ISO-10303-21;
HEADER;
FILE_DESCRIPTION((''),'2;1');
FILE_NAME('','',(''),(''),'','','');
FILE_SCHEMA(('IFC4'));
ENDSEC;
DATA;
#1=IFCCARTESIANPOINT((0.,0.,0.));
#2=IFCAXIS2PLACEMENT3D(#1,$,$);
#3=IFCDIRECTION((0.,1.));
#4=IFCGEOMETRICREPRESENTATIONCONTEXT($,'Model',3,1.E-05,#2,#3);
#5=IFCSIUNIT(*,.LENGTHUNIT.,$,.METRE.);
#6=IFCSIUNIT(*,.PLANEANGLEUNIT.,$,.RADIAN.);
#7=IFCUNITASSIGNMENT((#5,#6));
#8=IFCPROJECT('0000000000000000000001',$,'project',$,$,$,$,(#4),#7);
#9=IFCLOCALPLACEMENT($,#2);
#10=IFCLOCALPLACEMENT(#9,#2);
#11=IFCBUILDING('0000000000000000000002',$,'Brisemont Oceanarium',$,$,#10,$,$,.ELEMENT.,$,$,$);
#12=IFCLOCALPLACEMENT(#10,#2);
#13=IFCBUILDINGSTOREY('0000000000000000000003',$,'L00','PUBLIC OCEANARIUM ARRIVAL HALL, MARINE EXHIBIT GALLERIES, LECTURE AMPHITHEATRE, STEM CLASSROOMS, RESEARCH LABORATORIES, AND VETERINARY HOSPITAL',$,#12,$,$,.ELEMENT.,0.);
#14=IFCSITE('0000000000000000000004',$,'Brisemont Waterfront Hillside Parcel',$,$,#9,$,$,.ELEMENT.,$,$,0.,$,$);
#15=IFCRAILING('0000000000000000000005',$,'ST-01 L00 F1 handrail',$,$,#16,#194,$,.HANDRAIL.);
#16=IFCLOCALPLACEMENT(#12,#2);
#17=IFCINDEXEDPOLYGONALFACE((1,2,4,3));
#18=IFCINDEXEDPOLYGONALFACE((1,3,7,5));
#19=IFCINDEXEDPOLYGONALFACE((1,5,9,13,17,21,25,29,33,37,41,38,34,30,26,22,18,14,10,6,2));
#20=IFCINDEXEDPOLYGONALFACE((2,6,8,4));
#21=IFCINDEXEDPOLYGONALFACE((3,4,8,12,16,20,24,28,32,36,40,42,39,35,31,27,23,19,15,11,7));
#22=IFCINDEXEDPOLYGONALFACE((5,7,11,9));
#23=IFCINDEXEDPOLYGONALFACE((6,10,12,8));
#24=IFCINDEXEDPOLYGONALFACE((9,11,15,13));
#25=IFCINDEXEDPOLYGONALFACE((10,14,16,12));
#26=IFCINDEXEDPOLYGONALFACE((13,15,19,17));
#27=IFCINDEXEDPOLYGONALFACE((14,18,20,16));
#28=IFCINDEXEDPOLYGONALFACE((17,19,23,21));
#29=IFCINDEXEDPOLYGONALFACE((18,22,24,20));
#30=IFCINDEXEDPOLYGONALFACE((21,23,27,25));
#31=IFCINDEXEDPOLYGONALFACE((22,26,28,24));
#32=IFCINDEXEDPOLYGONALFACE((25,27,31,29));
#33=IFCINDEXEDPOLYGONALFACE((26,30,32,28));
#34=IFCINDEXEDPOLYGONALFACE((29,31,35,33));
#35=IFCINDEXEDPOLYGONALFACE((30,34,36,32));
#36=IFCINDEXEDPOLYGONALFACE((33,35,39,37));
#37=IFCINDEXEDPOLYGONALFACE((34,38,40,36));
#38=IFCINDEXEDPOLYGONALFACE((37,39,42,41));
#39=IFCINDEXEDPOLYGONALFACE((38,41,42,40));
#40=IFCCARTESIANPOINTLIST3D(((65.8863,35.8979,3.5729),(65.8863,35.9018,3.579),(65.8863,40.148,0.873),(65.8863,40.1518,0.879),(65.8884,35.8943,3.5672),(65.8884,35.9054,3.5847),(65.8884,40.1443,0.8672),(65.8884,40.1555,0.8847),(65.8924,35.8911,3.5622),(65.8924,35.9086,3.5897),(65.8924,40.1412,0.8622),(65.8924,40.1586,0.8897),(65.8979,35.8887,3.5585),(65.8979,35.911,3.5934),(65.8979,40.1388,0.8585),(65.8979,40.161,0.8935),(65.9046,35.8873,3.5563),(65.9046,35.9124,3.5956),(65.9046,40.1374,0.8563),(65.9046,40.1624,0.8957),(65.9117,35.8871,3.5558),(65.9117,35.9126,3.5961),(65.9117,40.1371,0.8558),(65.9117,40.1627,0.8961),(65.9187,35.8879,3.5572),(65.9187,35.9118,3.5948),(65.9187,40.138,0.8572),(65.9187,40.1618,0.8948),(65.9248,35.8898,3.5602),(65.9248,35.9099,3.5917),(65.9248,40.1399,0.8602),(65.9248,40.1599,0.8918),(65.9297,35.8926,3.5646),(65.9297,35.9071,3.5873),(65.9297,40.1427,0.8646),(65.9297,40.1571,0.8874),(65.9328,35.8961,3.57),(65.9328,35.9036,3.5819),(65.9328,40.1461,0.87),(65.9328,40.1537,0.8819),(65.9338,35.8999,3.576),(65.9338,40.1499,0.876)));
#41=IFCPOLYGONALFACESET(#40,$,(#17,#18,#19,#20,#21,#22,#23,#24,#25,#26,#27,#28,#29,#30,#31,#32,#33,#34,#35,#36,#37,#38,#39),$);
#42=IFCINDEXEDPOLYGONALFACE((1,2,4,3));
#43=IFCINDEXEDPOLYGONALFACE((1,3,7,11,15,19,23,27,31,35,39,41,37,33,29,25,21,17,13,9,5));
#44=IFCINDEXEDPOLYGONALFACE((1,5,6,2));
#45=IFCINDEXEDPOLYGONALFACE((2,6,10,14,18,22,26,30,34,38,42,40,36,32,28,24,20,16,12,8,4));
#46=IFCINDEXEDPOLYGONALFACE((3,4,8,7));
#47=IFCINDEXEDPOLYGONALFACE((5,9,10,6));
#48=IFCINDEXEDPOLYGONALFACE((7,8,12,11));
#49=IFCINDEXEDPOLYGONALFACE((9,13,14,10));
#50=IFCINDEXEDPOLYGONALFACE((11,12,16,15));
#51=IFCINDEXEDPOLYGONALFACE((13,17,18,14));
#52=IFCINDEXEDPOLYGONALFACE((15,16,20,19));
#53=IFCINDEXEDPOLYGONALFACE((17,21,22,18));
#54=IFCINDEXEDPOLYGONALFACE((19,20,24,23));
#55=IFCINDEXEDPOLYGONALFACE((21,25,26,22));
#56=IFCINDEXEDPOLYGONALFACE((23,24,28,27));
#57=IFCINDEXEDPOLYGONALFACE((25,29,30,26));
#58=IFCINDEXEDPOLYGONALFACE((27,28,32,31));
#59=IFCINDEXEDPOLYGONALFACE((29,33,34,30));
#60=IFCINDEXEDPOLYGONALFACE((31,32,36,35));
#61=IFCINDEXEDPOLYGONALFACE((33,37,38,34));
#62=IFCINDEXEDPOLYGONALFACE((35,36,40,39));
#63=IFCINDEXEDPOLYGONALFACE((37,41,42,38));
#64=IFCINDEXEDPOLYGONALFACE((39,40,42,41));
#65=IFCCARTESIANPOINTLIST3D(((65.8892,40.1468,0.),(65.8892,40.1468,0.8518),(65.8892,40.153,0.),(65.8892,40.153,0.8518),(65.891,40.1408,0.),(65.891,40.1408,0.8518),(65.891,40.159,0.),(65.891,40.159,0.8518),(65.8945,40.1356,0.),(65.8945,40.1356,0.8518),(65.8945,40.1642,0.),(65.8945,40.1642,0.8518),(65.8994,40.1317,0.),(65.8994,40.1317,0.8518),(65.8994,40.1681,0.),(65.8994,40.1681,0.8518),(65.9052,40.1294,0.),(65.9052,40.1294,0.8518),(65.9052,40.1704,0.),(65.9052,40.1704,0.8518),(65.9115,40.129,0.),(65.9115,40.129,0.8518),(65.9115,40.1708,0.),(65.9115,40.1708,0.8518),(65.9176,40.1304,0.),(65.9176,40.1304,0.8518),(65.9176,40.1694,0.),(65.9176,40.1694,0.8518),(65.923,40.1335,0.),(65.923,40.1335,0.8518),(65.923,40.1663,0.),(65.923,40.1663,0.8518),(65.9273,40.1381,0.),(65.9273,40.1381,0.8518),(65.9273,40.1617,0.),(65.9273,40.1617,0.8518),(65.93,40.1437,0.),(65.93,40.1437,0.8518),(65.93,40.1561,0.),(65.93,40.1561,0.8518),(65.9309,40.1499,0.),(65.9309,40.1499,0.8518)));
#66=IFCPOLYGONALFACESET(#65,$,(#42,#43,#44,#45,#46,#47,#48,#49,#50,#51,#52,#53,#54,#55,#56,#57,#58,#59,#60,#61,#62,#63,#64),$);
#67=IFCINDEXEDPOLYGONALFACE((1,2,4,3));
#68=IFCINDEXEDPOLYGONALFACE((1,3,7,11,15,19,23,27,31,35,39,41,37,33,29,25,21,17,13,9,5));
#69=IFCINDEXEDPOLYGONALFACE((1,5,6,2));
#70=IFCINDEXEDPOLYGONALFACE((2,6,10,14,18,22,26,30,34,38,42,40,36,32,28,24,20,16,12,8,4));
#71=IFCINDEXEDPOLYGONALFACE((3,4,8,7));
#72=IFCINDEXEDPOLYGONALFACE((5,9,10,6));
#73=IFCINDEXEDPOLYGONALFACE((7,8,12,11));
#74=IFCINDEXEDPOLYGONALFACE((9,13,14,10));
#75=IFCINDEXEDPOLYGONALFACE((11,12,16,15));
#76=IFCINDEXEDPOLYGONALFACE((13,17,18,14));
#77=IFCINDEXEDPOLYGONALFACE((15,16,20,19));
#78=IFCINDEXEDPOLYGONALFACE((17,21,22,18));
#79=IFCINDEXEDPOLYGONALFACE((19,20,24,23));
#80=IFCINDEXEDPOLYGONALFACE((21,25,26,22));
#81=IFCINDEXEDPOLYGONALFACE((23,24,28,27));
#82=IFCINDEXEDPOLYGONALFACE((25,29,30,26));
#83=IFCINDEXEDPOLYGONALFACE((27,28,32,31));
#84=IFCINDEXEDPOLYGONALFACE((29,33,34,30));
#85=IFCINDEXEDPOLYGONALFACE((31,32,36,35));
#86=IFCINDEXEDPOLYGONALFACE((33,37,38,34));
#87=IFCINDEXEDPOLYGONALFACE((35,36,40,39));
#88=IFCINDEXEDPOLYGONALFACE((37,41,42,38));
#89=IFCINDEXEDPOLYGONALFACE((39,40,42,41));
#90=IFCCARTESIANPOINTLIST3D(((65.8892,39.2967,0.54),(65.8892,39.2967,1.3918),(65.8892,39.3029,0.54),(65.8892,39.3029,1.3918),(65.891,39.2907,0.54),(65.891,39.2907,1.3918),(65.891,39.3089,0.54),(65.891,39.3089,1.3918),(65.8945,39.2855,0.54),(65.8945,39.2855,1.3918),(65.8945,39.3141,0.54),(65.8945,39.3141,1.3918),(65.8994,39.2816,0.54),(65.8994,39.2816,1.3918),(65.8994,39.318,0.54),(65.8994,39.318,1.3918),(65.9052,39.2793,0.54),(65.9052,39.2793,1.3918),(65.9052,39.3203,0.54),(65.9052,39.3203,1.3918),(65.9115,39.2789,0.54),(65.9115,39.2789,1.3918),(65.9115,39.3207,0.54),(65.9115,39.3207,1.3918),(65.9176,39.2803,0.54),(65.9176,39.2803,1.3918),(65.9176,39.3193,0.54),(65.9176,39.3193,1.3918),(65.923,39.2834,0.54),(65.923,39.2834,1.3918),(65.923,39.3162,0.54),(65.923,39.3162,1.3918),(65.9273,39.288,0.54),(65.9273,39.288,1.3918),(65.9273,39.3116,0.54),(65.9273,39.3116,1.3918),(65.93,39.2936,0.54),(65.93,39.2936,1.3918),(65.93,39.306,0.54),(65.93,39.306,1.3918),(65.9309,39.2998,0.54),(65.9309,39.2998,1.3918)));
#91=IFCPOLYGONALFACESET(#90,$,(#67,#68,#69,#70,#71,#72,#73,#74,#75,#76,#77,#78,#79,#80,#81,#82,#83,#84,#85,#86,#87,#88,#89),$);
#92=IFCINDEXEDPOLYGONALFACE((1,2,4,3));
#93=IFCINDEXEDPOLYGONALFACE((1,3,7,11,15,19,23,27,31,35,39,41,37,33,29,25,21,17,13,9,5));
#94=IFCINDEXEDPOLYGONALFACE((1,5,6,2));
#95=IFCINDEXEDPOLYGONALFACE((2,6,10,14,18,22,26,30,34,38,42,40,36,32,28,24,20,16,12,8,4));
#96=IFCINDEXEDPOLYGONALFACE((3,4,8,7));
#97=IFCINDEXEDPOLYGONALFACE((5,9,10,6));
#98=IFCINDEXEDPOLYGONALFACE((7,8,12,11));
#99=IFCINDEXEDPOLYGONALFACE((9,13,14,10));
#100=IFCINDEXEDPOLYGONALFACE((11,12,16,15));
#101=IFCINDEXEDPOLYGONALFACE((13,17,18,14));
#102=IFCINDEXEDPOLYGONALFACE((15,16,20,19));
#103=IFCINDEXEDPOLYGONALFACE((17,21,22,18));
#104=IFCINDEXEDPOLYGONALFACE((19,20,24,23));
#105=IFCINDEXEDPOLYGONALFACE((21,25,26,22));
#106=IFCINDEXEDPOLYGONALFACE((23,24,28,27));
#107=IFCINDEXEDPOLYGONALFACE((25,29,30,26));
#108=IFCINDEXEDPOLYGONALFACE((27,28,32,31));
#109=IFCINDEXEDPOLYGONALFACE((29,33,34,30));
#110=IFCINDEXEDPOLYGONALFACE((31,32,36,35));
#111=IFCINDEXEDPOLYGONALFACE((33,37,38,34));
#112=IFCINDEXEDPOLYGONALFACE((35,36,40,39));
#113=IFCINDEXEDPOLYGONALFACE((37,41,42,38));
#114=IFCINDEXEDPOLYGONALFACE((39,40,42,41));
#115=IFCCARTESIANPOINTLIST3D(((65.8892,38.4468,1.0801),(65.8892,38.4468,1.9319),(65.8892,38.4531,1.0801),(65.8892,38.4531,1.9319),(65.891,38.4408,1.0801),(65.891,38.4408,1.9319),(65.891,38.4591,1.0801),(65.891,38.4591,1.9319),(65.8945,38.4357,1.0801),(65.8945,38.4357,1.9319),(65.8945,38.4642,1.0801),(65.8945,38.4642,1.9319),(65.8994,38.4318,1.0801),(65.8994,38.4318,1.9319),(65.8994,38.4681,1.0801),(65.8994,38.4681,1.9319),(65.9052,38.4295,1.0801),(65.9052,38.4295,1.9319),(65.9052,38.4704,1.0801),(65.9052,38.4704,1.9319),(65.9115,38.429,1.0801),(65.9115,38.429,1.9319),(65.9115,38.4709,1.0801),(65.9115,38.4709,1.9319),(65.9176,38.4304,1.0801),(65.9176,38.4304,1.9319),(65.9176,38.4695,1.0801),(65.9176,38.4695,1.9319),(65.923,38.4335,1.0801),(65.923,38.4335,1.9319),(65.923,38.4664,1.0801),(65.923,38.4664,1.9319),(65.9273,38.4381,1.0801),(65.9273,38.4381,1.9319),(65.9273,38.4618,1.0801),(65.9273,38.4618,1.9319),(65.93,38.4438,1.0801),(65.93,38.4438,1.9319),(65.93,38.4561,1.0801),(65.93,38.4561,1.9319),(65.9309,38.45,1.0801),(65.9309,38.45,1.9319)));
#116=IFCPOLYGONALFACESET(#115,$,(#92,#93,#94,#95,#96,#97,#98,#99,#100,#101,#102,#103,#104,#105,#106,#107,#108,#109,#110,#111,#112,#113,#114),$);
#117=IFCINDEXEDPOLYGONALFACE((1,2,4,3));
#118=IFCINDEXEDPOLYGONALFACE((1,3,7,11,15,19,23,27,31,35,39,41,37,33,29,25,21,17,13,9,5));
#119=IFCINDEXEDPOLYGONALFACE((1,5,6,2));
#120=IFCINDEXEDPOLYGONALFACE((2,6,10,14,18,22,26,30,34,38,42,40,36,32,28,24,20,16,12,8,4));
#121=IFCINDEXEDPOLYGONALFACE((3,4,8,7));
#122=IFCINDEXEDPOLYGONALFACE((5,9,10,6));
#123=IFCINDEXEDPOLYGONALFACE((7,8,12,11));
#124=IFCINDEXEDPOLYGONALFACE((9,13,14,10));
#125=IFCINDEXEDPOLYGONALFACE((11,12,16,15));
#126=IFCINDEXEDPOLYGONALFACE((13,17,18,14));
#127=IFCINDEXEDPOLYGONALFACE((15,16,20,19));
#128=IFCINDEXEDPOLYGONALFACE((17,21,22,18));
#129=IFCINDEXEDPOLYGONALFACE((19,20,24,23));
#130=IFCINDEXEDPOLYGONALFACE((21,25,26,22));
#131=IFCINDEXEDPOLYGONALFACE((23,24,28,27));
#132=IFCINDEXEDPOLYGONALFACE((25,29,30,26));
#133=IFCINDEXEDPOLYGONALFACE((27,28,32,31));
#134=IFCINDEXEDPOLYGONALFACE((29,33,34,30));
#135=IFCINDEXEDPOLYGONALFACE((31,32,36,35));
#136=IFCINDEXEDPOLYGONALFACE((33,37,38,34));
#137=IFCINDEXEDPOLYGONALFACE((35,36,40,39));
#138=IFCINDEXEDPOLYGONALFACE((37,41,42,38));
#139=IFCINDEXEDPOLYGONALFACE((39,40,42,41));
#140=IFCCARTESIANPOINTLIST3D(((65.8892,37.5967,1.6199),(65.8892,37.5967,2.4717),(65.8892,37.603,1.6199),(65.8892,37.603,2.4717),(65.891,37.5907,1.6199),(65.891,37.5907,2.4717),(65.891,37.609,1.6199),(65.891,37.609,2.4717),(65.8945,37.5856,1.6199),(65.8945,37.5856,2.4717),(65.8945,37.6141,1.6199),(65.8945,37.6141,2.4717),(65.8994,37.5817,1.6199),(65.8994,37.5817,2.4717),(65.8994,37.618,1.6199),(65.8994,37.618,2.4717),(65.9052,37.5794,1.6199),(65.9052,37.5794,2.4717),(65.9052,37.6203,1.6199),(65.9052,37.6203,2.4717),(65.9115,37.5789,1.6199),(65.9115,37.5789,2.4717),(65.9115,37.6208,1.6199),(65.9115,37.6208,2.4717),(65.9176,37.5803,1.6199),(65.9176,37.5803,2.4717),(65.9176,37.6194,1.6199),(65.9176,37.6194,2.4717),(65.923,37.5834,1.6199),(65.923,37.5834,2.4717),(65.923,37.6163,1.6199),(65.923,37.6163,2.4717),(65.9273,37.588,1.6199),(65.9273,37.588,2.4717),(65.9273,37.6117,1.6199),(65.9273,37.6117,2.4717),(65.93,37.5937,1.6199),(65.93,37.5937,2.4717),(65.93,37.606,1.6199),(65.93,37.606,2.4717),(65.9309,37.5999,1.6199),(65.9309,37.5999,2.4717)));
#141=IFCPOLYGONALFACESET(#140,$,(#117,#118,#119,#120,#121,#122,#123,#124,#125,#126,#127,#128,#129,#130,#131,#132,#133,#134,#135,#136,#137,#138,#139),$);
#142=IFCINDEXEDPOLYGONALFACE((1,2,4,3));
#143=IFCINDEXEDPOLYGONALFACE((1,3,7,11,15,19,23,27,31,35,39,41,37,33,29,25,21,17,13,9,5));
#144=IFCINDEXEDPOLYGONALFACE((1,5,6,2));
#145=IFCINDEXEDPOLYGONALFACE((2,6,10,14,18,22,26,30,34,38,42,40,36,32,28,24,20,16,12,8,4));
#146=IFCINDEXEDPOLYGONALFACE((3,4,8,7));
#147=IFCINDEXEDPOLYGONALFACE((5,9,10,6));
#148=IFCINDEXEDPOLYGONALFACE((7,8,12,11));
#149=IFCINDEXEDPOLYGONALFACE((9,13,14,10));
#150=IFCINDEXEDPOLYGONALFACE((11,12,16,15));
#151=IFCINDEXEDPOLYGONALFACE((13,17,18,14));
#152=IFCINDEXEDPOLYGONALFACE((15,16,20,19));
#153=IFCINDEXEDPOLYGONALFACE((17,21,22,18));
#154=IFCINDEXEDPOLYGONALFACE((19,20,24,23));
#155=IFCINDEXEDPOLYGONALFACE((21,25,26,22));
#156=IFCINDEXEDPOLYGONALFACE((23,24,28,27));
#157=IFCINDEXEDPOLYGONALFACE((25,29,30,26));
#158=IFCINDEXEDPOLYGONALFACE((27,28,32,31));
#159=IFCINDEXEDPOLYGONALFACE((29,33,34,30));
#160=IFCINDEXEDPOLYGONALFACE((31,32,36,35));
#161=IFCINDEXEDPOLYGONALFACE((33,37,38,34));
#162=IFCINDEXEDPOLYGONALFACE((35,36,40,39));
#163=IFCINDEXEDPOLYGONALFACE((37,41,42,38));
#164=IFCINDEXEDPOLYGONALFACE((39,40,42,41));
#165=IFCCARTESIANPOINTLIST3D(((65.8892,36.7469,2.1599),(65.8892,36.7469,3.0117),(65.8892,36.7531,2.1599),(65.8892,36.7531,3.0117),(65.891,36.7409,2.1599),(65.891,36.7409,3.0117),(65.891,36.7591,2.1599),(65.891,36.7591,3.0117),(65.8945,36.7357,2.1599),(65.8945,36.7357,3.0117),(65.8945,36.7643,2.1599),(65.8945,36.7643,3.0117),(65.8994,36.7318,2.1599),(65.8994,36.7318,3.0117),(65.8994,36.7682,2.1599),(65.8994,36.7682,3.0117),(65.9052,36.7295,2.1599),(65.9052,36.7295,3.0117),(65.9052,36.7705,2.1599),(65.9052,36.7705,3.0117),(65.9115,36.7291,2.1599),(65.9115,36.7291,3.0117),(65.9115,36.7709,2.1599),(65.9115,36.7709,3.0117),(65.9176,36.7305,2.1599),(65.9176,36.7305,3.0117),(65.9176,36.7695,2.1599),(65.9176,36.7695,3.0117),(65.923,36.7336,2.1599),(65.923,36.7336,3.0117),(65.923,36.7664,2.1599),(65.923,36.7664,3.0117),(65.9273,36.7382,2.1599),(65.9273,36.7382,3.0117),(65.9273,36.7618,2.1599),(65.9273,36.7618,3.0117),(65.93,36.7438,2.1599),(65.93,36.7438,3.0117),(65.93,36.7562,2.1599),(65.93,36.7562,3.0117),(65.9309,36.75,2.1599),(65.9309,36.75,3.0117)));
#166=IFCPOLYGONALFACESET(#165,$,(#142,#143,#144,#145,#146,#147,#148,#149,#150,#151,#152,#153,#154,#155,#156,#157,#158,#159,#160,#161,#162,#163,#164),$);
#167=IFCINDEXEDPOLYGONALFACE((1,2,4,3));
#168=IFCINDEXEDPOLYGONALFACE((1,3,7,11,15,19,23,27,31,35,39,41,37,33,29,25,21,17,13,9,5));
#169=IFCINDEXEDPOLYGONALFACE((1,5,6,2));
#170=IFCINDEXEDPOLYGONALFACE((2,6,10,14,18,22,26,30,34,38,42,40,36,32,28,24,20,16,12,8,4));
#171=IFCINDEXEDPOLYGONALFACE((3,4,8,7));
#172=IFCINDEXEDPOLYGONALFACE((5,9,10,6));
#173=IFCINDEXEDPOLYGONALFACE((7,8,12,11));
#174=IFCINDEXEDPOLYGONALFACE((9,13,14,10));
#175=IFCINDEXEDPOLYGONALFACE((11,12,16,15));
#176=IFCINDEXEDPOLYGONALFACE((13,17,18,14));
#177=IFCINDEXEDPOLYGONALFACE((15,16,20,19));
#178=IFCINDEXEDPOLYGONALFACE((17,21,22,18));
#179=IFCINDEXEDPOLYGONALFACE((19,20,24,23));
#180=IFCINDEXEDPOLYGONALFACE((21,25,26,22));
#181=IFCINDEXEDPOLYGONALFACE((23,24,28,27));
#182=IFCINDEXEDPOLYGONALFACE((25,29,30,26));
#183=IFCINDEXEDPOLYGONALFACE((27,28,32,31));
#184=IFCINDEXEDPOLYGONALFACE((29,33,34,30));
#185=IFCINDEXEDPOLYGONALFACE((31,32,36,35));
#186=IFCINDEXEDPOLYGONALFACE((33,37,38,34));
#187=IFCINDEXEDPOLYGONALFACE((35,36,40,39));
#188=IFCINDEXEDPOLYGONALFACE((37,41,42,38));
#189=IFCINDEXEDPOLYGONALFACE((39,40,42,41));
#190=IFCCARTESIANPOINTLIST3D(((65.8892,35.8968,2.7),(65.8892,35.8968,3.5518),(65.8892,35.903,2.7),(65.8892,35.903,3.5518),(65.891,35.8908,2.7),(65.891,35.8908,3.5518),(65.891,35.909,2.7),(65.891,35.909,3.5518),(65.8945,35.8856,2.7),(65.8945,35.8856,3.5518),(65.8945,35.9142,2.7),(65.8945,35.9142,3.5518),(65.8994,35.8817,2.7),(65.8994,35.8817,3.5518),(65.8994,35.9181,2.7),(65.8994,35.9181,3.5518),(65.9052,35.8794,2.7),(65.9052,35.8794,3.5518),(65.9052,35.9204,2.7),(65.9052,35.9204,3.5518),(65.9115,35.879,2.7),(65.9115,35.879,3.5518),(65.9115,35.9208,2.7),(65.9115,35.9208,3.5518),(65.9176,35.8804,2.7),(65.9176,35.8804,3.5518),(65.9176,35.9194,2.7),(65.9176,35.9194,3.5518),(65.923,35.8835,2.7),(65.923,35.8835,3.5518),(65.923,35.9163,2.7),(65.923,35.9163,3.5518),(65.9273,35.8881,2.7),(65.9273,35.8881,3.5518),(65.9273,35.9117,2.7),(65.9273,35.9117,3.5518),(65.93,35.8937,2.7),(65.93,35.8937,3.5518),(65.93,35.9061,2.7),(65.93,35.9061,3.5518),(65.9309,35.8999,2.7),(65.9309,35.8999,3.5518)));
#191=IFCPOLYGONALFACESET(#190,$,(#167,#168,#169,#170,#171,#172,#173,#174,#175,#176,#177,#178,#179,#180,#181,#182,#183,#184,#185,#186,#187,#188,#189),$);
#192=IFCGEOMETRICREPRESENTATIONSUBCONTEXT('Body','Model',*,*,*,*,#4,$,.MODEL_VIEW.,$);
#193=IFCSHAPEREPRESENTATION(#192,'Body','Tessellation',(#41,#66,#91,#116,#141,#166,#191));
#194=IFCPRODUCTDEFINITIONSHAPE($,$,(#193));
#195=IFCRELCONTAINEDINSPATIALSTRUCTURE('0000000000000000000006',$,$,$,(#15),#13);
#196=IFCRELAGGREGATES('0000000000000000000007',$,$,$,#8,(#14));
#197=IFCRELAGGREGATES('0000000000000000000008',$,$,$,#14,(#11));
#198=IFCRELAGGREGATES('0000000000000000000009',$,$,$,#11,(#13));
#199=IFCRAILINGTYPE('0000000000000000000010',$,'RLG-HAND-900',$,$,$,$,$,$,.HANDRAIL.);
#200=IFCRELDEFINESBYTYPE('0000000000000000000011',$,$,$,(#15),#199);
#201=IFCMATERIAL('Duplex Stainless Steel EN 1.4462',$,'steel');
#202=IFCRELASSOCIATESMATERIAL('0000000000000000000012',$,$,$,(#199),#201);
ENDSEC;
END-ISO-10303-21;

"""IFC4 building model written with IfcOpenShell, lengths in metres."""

from ifc_helpers import new_model, si_unit, direction, frame, origin, origin_2d, place, context, subcontext, project, spatial, circle, extrude, material, type_object, element, save


model = new_model("IFC4")

# Units and contexts
model_context = context("Model", 3, precision=1e-05, world=origin(), true_north=direction((0.0, 1.0)))
body_context = subcontext(model_context, "Body", "Model", "MODEL_VIEW")
ifc_project = project(units=[si_unit("LENGTHUNIT", "METRE"), si_unit("PLANEANGLEUNIT", "RADIAN")], contexts=[model_context])

# Site, building, storey
site_placement = place(None, origin())
site = spatial("IfcSite", under=ifc_project, at=site_placement, Name="Brisemont Waterfront Hillside Parcel", CompositionType="ELEMENT", RefElevation=0.0)
building_placement = place(site_placement, origin())
building = spatial("IfcBuilding", under=site, at=building_placement, Name="Brisemont Oceanarium", CompositionType="ELEMENT")
storey_placement = place(building_placement, origin())
storey = spatial("IfcBuildingStorey", under=building, at=storey_placement, Name="L00", Description="PUBLIC OCEANARIUM ARRIVAL HALL, MARINE EXHIBIT GALLERIES, LECTURE AMPHITHEATRE, STEM CLASSROOMS, RESEARCH LABORATORIES, AND VETERINARY HOSPITAL", CompositionType="ELEMENT", Elevation=0.0)

# Railing
ifc_material_1 = material(Name="Duplex Stainless Steel EN 1.4462", Category="steel")
railing_type_1 = type_object("IfcRailingType", Name="RLG-HAND-900", PredefinedType="HANDRAIL", material=ifc_material_1)
railing_1_placement = place(storey_placement, frame((65.9099, 40.1499, 0.0)))
element("IfcRailing", 1, at=railing_1_placement, inside=storey, type_object=railing_type_1, Name="ST-01 L00 F1 handrail", PredefinedType="HANDRAIL", context=body_context, shape_type="SweptSolid", body=[
    extrude(circle(Radius=0.0239, at=origin_2d()), frame((0.0, 0.0, 0.876), z_axis=(0.0, -0.844075, 0.536226), x_axis=(1.0, 0.0, 0.0)), (0.0, 0.0, 1.0), 5.0352),
    extrude(circle(Radius=0.021, at=origin_2d()), origin(), (0.0, 0.0, 1.0), 0.8518),
    extrude(circle(Radius=0.021, at=origin_2d()), frame((0.0, -0.8501, 0.54)), (0.0, 0.0, 1.0), 0.8518),
    extrude(circle(Radius=0.021, at=origin_2d()), frame((0.0, -1.7, 1.0801)), (0.0, 0.0, 1.0), 0.8518),
    extrude(circle(Radius=0.021, at=origin_2d()), frame((0.0, -2.55, 1.6199)), (0.0, 0.0, 1.0), 0.8518),
    extrude(circle(Radius=0.021, at=origin_2d()), frame((0.0, -3.3999, 2.1599)), (0.0, 0.0, 1.0), 0.8518),
    extrude(circle(Radius=0.021, at=origin_2d()), frame((0.0, -4.25, 2.7)), (0.0, 0.0, 1.0), 0.8518),
])

save(model, "model.ifc")
